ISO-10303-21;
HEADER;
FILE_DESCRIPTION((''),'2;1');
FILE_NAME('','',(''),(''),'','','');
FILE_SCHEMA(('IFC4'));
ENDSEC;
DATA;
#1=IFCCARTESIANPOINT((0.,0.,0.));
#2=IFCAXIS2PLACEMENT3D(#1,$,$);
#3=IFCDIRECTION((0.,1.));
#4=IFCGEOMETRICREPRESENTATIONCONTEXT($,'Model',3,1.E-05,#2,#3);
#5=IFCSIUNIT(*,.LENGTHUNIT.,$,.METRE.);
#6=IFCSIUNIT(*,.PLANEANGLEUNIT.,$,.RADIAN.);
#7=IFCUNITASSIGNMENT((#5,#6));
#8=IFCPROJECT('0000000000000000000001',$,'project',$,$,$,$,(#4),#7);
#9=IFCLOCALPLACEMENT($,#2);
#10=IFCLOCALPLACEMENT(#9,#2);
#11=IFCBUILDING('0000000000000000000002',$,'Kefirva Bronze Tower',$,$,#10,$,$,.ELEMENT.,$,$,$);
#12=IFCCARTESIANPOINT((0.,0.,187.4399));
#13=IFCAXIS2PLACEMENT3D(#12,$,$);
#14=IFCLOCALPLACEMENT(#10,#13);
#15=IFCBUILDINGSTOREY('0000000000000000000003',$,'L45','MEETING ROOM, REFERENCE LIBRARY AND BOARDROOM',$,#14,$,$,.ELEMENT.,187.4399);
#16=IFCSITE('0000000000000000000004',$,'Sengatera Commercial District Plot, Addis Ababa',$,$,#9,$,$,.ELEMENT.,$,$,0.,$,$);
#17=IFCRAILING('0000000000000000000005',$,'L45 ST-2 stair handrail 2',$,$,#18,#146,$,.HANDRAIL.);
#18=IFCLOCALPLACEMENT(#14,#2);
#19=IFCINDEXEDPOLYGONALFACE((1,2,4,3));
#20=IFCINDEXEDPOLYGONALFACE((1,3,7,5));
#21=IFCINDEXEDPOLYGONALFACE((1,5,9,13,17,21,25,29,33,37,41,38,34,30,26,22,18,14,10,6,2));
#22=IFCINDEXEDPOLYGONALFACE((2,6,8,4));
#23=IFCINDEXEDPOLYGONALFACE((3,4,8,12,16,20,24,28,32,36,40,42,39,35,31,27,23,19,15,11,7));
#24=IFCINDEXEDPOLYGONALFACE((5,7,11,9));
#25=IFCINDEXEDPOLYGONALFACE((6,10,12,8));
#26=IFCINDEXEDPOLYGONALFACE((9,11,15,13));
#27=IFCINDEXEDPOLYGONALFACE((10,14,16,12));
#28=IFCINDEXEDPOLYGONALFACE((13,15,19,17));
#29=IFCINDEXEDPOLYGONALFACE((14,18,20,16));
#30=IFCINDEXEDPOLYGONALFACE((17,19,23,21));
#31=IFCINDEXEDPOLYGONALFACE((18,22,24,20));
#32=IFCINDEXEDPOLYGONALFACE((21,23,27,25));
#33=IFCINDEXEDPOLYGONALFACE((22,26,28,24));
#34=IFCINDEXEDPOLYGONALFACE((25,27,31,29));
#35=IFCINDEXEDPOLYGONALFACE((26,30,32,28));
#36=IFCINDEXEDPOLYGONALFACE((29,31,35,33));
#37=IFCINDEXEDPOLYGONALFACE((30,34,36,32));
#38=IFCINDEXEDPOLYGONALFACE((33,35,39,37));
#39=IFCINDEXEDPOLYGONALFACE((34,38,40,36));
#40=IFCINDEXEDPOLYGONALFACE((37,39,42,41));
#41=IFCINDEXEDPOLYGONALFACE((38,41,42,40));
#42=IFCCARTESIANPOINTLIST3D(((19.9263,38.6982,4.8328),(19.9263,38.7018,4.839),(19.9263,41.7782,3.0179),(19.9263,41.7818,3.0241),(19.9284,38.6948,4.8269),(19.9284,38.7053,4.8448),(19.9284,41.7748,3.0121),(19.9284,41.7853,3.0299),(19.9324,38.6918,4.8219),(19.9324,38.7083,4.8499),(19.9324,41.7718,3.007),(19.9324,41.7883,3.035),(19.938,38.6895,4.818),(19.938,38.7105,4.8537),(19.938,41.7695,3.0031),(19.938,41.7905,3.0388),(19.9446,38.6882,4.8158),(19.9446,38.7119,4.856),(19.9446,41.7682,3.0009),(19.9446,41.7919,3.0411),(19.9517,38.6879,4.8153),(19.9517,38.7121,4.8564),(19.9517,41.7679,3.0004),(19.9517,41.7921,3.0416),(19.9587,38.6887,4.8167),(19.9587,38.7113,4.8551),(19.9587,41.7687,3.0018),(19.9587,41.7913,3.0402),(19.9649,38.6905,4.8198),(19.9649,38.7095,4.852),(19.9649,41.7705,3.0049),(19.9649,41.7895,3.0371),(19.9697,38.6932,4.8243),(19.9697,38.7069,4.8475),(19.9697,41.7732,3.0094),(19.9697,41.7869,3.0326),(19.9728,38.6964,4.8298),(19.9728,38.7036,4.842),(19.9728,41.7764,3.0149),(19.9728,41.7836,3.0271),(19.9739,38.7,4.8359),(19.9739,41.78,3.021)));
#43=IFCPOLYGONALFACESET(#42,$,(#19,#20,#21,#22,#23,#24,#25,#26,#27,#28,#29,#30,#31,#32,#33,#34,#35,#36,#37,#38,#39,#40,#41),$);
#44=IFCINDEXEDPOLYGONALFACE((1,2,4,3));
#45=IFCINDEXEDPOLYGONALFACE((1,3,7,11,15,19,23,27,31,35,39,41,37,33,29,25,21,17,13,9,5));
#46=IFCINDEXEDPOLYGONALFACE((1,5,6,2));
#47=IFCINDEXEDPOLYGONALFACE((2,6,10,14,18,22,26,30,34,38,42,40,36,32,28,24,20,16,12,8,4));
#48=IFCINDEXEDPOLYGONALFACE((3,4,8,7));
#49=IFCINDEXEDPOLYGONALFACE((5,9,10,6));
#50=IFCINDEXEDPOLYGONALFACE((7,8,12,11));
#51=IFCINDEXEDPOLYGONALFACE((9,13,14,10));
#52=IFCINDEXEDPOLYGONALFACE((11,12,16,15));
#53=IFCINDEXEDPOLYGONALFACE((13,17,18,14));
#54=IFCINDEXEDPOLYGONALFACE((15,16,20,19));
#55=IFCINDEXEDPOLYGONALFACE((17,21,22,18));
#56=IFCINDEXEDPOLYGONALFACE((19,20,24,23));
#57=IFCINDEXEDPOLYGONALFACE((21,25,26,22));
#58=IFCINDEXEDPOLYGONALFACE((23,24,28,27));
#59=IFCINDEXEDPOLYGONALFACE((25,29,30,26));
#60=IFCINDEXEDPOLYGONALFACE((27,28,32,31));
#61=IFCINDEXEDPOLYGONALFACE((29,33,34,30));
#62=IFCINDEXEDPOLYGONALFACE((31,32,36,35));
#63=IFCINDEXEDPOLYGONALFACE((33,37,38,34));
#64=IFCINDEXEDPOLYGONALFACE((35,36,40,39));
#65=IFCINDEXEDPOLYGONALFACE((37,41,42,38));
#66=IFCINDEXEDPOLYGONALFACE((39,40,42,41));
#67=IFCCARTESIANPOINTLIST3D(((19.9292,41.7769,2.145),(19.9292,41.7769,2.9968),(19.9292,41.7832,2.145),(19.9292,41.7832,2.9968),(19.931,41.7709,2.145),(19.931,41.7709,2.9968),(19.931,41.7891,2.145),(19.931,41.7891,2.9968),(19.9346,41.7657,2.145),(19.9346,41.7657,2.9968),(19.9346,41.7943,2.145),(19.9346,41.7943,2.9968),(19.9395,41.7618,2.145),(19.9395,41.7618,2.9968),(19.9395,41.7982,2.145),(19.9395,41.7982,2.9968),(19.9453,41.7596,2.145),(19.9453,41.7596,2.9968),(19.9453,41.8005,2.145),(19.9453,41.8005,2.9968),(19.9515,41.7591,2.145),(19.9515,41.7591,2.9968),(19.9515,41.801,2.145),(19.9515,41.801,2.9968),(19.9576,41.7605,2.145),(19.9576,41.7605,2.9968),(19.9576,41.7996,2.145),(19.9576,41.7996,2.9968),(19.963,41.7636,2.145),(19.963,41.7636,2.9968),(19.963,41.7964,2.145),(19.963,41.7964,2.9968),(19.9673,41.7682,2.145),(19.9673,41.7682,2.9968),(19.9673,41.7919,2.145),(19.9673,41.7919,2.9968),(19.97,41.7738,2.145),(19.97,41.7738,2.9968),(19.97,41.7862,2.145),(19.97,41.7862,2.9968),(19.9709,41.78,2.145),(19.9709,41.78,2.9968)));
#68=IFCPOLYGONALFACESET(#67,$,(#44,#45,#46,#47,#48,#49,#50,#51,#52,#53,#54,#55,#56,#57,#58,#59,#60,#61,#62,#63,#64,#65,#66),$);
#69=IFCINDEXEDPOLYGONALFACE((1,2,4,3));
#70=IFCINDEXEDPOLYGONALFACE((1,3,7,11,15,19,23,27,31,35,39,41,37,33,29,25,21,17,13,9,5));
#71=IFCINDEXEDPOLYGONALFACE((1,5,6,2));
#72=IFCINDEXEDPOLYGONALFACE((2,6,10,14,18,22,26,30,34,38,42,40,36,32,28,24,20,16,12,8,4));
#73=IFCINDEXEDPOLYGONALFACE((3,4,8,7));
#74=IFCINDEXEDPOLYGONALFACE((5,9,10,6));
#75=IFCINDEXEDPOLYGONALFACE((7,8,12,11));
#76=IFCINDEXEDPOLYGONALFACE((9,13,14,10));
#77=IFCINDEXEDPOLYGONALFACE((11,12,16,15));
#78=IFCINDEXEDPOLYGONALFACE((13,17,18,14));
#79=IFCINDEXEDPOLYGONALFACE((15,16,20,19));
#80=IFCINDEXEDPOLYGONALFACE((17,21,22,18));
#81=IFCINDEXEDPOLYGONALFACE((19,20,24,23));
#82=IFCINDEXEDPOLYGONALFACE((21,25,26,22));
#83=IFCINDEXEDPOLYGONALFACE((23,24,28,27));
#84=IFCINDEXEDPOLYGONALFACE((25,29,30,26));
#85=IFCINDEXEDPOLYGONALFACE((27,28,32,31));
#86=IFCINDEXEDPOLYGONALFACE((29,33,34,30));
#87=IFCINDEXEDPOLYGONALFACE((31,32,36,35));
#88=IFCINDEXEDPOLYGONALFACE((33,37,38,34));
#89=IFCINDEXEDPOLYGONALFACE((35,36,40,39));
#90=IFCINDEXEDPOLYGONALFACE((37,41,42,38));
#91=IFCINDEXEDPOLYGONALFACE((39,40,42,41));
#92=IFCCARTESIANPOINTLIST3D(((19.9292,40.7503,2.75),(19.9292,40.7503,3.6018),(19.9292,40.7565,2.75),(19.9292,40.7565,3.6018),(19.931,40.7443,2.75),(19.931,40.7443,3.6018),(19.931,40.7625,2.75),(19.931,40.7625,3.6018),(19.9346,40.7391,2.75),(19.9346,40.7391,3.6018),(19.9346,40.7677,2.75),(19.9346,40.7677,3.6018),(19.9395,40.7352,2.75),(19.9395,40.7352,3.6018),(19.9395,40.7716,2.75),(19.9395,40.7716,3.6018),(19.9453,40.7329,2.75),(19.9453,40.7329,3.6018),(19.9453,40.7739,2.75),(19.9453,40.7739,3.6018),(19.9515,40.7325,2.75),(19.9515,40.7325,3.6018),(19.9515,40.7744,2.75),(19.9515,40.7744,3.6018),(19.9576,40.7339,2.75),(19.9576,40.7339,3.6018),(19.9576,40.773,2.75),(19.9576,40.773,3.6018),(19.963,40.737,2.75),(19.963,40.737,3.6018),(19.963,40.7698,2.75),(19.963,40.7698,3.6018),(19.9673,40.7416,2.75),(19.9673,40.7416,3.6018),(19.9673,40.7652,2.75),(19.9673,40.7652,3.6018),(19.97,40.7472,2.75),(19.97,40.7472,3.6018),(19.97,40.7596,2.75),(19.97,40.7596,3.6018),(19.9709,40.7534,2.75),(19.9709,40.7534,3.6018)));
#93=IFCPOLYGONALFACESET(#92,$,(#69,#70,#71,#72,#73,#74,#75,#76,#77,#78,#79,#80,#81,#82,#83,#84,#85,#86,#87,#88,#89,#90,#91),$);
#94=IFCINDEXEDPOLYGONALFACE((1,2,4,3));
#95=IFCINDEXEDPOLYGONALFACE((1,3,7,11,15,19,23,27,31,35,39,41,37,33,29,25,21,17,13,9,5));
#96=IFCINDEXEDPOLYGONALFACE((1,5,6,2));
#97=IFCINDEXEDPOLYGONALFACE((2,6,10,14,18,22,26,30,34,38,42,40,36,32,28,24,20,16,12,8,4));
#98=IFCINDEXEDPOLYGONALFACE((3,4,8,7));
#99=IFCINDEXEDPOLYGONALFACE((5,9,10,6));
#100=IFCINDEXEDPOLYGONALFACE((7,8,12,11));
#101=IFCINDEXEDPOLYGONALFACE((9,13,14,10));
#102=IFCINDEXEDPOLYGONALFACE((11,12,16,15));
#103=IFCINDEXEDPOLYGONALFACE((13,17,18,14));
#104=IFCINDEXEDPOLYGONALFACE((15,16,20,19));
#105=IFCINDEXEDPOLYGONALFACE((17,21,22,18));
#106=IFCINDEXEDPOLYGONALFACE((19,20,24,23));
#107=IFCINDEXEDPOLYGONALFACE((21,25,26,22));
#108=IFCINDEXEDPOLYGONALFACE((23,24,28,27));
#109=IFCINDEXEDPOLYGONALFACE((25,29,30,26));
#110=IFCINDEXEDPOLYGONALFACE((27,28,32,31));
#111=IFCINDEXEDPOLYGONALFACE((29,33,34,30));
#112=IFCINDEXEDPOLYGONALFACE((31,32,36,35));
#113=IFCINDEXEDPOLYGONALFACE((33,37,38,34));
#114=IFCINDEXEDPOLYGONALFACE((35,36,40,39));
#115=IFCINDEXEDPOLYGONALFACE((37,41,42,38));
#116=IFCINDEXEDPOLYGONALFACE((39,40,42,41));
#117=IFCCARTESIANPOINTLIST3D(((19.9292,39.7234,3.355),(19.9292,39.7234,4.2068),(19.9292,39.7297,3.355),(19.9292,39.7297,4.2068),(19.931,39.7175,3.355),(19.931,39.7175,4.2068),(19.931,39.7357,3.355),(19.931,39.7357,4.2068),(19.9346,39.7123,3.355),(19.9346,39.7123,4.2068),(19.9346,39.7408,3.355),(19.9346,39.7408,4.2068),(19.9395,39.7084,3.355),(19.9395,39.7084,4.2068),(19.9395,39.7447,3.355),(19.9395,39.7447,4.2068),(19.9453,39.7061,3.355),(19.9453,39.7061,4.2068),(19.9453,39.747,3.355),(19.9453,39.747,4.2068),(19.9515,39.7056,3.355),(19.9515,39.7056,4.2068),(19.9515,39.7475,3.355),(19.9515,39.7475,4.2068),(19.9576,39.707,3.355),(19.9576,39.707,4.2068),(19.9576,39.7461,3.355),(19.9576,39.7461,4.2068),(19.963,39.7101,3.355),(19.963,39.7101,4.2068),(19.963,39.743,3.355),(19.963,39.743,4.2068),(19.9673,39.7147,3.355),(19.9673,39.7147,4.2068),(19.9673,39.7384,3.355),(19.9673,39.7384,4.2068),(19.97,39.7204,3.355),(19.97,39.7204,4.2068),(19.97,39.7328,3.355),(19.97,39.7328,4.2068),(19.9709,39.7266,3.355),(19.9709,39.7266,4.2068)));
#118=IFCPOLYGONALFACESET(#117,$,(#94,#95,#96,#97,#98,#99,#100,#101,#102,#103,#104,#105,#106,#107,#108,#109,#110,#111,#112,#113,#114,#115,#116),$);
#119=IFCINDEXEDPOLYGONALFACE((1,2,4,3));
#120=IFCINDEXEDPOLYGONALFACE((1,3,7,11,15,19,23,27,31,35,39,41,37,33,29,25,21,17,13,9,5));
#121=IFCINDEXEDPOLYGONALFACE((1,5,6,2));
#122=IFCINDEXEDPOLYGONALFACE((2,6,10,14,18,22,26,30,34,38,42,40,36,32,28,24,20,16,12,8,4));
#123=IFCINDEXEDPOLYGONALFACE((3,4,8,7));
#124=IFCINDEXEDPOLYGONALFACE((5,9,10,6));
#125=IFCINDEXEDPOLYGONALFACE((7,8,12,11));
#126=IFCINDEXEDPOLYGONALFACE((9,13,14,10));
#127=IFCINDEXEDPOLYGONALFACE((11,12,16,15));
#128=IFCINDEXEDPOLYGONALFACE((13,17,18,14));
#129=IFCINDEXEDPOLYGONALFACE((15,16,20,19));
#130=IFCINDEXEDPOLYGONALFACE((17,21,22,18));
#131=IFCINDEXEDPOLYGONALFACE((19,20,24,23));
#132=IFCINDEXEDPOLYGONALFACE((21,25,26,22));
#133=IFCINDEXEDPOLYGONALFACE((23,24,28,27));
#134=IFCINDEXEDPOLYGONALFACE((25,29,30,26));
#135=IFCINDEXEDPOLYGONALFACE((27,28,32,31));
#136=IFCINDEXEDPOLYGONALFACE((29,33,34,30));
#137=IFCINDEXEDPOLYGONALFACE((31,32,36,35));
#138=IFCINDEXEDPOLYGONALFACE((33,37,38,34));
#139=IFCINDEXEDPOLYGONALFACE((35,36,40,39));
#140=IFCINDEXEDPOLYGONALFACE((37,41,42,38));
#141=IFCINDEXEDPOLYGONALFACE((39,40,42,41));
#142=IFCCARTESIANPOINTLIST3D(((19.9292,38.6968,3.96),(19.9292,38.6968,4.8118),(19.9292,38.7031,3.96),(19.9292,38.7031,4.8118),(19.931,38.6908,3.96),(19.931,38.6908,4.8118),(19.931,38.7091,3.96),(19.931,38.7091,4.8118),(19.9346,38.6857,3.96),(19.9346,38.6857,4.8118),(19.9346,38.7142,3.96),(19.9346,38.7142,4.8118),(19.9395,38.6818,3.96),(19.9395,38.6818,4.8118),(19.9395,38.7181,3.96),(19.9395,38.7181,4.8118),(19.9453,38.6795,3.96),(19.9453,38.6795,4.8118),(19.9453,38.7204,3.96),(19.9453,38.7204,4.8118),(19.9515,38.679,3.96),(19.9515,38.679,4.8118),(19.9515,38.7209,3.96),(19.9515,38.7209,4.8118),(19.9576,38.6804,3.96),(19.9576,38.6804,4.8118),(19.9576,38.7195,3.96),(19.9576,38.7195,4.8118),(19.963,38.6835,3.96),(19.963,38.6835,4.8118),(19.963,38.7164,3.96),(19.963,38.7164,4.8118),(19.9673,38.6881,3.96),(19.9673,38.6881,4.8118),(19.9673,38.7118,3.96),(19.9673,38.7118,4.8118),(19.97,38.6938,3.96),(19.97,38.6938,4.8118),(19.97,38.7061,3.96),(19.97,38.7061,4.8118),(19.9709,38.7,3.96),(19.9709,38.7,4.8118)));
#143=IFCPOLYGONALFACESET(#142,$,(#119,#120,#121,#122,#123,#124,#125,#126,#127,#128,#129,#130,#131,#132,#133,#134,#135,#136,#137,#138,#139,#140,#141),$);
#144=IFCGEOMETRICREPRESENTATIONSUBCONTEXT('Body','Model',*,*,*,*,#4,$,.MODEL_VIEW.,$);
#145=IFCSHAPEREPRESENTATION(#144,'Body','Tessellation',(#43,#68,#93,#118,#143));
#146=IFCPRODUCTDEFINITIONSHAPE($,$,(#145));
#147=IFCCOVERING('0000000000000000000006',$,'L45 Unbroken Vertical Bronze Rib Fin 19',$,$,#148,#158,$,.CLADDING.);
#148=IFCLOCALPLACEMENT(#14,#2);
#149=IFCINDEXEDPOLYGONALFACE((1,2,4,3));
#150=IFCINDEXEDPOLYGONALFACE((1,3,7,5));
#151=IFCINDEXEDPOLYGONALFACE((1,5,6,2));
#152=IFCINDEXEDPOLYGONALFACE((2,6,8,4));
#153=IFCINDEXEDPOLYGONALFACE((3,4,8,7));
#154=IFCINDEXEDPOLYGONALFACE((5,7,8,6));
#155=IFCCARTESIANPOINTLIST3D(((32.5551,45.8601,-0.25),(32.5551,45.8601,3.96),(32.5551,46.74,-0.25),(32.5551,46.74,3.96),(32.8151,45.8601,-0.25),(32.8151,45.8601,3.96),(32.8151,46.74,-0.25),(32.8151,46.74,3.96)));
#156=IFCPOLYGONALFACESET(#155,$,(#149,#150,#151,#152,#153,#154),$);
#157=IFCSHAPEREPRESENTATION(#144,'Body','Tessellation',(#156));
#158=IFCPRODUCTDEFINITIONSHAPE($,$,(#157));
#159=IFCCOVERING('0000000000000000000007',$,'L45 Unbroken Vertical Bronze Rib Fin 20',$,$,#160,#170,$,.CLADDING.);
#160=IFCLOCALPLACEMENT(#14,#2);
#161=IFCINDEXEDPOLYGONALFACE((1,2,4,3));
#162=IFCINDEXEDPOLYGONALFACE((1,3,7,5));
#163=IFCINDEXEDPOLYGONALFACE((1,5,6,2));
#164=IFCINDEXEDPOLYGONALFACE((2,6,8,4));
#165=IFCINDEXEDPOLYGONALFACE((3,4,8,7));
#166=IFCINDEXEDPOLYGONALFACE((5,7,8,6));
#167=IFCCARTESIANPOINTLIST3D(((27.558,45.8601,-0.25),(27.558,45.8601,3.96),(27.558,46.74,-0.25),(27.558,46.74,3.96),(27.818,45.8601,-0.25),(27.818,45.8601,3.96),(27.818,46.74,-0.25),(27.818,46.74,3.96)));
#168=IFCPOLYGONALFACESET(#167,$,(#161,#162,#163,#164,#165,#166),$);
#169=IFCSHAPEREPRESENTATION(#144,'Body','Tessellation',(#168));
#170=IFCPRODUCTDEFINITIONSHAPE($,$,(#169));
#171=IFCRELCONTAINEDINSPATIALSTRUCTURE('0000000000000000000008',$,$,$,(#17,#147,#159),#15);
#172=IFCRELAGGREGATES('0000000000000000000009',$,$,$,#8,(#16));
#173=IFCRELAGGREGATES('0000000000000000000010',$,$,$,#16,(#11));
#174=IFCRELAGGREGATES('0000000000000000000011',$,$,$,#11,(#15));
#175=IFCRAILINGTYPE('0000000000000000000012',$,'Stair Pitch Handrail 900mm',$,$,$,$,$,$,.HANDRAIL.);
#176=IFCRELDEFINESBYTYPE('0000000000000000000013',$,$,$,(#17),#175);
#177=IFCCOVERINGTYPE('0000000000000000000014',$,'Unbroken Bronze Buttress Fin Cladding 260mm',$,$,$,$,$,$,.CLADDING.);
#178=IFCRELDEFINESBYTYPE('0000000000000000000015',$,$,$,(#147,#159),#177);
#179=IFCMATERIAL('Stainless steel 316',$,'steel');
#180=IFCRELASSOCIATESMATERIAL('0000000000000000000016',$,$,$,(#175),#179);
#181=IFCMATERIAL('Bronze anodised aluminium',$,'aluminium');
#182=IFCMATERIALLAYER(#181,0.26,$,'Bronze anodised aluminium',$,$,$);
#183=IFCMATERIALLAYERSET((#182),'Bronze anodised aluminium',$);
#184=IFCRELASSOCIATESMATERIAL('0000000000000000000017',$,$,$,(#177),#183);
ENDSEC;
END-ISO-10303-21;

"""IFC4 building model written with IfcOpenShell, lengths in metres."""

from ifc_helpers import new_model, si_unit, direction, frame, origin, origin_2d, place, context, subcontext, project, spatial, rectangle, circle, extrude, material, layer, layer_set, type_object, element, save


model = new_model("IFC4")

# Units and contexts
model_context = context("Model", 3, precision=1e-05, world=origin(), true_north=direction((0.0, 1.0)))
body_context = subcontext(model_context, "Body", "Model", "MODEL_VIEW")
ifc_project = project(units=[si_unit("LENGTHUNIT", "METRE"), si_unit("PLANEANGLEUNIT", "RADIAN")], contexts=[model_context])

# Site, building, storey
site_placement = place(None, origin())
site = spatial("IfcSite", under=ifc_project, at=site_placement, Name="Sengatera Commercial District Plot, Addis Ababa", CompositionType="ELEMENT", RefElevation=0.0)
building_placement = place(site_placement, origin())
building = spatial("IfcBuilding", under=site, at=building_placement, Name="Kefirva Bronze Tower", CompositionType="ELEMENT")
storey_placement = place(building_placement, frame((0.0, 0.0, 187.4399)))
storey = spatial("IfcBuildingStorey", under=building, at=storey_placement, Name="L45", Description="MEETING ROOM, REFERENCE LIBRARY AND BOARDROOM", CompositionType="ELEMENT", Elevation=187.4399)

# Shared definitions
ifc_material_1 = material(Name="Bronze anodised aluminium", Category="aluminium")

# Railing
ifc_material_2 = material(Name="Stainless steel 316", Category="steel")
railing_type_1 = type_object("IfcRailingType", Name="Stair Pitch Handrail 900mm", PredefinedType="HANDRAIL", material=ifc_material_2)
railing_1_placement = place(storey_placement, frame((19.95, 41.78, 2.145)))
element("IfcRailing", 1, at=railing_1_placement, inside=storey, type_object=railing_type_1, Name="L45 ST-2 stair handrail 2", PredefinedType="HANDRAIL", context=body_context, shape_type="SweptSolid", body=[
    extrude(circle(Radius=0.0239, at=origin_2d()), frame((0.0, 0.0, 0.876), z_axis=(0.0, -0.861551, 0.507671), x_axis=(1.0, 0.0, 0.0)), (0.0, 0.0, 1.0), 3.575),
    extrude(circle(Radius=0.021, at=origin_2d()), origin(), (0.0, 0.0, 1.0), 0.8518),
    extrude(circle(Radius=0.021, at=origin_2d()), frame((0.0, -1.0266, 0.605)), (0.0, 0.0, 1.0), 0.8518),
    extrude(circle(Radius=0.021, at=origin_2d()), frame((0.0, -2.0535, 1.21)), (0.0, 0.0, 1.0), 0.8518),
    extrude(circle(Radius=0.021, at=origin_2d()), frame((0.0, -3.0801, 1.8149)), (0.0, 0.0, 1.0), 0.8518),
])

# Coverings
ifc_layer_1 = layer(ifc_material_1, 0.26, Name="Bronze anodised aluminium")
ifc_layer_set_1 = layer_set([ifc_layer_1], Name="Bronze anodised aluminium")
covering_type = type_object("IfcCoveringType", Name="Unbroken Bronze Buttress Fin Cladding 260mm", PredefinedType="CLADDING", material=ifc_layer_set_1)
for number, where, z_axis, x_axis, name in (
    (2, (32.6851, 46.3, -0.25), (0.0, 0.0, 1.0), (-1.0, 0.0, 0.0), "L45 Unbroken Vertical Bronze Rib Fin 19"),
    (3, (27.688, 46.3, -0.25), (0.0, 0.0, 1.0), (-1.0, 0.0, 0.0), "L45 Unbroken Vertical Bronze Rib Fin 20"),
):
    element("IfcCovering", number, at=place(storey_placement, frame(where, z_axis=z_axis, x_axis=x_axis)), inside=storey, type_object=covering_type, Name=name, PredefinedType="CLADDING", context=body_context, shape_type="SweptSolid", body=[
        extrude(rectangle(XDim=0.26, YDim=0.8799, at=origin_2d()), origin(), (0.0, 0.0, 1.0), 4.21),
    ])

save(model, "model.ifc")
